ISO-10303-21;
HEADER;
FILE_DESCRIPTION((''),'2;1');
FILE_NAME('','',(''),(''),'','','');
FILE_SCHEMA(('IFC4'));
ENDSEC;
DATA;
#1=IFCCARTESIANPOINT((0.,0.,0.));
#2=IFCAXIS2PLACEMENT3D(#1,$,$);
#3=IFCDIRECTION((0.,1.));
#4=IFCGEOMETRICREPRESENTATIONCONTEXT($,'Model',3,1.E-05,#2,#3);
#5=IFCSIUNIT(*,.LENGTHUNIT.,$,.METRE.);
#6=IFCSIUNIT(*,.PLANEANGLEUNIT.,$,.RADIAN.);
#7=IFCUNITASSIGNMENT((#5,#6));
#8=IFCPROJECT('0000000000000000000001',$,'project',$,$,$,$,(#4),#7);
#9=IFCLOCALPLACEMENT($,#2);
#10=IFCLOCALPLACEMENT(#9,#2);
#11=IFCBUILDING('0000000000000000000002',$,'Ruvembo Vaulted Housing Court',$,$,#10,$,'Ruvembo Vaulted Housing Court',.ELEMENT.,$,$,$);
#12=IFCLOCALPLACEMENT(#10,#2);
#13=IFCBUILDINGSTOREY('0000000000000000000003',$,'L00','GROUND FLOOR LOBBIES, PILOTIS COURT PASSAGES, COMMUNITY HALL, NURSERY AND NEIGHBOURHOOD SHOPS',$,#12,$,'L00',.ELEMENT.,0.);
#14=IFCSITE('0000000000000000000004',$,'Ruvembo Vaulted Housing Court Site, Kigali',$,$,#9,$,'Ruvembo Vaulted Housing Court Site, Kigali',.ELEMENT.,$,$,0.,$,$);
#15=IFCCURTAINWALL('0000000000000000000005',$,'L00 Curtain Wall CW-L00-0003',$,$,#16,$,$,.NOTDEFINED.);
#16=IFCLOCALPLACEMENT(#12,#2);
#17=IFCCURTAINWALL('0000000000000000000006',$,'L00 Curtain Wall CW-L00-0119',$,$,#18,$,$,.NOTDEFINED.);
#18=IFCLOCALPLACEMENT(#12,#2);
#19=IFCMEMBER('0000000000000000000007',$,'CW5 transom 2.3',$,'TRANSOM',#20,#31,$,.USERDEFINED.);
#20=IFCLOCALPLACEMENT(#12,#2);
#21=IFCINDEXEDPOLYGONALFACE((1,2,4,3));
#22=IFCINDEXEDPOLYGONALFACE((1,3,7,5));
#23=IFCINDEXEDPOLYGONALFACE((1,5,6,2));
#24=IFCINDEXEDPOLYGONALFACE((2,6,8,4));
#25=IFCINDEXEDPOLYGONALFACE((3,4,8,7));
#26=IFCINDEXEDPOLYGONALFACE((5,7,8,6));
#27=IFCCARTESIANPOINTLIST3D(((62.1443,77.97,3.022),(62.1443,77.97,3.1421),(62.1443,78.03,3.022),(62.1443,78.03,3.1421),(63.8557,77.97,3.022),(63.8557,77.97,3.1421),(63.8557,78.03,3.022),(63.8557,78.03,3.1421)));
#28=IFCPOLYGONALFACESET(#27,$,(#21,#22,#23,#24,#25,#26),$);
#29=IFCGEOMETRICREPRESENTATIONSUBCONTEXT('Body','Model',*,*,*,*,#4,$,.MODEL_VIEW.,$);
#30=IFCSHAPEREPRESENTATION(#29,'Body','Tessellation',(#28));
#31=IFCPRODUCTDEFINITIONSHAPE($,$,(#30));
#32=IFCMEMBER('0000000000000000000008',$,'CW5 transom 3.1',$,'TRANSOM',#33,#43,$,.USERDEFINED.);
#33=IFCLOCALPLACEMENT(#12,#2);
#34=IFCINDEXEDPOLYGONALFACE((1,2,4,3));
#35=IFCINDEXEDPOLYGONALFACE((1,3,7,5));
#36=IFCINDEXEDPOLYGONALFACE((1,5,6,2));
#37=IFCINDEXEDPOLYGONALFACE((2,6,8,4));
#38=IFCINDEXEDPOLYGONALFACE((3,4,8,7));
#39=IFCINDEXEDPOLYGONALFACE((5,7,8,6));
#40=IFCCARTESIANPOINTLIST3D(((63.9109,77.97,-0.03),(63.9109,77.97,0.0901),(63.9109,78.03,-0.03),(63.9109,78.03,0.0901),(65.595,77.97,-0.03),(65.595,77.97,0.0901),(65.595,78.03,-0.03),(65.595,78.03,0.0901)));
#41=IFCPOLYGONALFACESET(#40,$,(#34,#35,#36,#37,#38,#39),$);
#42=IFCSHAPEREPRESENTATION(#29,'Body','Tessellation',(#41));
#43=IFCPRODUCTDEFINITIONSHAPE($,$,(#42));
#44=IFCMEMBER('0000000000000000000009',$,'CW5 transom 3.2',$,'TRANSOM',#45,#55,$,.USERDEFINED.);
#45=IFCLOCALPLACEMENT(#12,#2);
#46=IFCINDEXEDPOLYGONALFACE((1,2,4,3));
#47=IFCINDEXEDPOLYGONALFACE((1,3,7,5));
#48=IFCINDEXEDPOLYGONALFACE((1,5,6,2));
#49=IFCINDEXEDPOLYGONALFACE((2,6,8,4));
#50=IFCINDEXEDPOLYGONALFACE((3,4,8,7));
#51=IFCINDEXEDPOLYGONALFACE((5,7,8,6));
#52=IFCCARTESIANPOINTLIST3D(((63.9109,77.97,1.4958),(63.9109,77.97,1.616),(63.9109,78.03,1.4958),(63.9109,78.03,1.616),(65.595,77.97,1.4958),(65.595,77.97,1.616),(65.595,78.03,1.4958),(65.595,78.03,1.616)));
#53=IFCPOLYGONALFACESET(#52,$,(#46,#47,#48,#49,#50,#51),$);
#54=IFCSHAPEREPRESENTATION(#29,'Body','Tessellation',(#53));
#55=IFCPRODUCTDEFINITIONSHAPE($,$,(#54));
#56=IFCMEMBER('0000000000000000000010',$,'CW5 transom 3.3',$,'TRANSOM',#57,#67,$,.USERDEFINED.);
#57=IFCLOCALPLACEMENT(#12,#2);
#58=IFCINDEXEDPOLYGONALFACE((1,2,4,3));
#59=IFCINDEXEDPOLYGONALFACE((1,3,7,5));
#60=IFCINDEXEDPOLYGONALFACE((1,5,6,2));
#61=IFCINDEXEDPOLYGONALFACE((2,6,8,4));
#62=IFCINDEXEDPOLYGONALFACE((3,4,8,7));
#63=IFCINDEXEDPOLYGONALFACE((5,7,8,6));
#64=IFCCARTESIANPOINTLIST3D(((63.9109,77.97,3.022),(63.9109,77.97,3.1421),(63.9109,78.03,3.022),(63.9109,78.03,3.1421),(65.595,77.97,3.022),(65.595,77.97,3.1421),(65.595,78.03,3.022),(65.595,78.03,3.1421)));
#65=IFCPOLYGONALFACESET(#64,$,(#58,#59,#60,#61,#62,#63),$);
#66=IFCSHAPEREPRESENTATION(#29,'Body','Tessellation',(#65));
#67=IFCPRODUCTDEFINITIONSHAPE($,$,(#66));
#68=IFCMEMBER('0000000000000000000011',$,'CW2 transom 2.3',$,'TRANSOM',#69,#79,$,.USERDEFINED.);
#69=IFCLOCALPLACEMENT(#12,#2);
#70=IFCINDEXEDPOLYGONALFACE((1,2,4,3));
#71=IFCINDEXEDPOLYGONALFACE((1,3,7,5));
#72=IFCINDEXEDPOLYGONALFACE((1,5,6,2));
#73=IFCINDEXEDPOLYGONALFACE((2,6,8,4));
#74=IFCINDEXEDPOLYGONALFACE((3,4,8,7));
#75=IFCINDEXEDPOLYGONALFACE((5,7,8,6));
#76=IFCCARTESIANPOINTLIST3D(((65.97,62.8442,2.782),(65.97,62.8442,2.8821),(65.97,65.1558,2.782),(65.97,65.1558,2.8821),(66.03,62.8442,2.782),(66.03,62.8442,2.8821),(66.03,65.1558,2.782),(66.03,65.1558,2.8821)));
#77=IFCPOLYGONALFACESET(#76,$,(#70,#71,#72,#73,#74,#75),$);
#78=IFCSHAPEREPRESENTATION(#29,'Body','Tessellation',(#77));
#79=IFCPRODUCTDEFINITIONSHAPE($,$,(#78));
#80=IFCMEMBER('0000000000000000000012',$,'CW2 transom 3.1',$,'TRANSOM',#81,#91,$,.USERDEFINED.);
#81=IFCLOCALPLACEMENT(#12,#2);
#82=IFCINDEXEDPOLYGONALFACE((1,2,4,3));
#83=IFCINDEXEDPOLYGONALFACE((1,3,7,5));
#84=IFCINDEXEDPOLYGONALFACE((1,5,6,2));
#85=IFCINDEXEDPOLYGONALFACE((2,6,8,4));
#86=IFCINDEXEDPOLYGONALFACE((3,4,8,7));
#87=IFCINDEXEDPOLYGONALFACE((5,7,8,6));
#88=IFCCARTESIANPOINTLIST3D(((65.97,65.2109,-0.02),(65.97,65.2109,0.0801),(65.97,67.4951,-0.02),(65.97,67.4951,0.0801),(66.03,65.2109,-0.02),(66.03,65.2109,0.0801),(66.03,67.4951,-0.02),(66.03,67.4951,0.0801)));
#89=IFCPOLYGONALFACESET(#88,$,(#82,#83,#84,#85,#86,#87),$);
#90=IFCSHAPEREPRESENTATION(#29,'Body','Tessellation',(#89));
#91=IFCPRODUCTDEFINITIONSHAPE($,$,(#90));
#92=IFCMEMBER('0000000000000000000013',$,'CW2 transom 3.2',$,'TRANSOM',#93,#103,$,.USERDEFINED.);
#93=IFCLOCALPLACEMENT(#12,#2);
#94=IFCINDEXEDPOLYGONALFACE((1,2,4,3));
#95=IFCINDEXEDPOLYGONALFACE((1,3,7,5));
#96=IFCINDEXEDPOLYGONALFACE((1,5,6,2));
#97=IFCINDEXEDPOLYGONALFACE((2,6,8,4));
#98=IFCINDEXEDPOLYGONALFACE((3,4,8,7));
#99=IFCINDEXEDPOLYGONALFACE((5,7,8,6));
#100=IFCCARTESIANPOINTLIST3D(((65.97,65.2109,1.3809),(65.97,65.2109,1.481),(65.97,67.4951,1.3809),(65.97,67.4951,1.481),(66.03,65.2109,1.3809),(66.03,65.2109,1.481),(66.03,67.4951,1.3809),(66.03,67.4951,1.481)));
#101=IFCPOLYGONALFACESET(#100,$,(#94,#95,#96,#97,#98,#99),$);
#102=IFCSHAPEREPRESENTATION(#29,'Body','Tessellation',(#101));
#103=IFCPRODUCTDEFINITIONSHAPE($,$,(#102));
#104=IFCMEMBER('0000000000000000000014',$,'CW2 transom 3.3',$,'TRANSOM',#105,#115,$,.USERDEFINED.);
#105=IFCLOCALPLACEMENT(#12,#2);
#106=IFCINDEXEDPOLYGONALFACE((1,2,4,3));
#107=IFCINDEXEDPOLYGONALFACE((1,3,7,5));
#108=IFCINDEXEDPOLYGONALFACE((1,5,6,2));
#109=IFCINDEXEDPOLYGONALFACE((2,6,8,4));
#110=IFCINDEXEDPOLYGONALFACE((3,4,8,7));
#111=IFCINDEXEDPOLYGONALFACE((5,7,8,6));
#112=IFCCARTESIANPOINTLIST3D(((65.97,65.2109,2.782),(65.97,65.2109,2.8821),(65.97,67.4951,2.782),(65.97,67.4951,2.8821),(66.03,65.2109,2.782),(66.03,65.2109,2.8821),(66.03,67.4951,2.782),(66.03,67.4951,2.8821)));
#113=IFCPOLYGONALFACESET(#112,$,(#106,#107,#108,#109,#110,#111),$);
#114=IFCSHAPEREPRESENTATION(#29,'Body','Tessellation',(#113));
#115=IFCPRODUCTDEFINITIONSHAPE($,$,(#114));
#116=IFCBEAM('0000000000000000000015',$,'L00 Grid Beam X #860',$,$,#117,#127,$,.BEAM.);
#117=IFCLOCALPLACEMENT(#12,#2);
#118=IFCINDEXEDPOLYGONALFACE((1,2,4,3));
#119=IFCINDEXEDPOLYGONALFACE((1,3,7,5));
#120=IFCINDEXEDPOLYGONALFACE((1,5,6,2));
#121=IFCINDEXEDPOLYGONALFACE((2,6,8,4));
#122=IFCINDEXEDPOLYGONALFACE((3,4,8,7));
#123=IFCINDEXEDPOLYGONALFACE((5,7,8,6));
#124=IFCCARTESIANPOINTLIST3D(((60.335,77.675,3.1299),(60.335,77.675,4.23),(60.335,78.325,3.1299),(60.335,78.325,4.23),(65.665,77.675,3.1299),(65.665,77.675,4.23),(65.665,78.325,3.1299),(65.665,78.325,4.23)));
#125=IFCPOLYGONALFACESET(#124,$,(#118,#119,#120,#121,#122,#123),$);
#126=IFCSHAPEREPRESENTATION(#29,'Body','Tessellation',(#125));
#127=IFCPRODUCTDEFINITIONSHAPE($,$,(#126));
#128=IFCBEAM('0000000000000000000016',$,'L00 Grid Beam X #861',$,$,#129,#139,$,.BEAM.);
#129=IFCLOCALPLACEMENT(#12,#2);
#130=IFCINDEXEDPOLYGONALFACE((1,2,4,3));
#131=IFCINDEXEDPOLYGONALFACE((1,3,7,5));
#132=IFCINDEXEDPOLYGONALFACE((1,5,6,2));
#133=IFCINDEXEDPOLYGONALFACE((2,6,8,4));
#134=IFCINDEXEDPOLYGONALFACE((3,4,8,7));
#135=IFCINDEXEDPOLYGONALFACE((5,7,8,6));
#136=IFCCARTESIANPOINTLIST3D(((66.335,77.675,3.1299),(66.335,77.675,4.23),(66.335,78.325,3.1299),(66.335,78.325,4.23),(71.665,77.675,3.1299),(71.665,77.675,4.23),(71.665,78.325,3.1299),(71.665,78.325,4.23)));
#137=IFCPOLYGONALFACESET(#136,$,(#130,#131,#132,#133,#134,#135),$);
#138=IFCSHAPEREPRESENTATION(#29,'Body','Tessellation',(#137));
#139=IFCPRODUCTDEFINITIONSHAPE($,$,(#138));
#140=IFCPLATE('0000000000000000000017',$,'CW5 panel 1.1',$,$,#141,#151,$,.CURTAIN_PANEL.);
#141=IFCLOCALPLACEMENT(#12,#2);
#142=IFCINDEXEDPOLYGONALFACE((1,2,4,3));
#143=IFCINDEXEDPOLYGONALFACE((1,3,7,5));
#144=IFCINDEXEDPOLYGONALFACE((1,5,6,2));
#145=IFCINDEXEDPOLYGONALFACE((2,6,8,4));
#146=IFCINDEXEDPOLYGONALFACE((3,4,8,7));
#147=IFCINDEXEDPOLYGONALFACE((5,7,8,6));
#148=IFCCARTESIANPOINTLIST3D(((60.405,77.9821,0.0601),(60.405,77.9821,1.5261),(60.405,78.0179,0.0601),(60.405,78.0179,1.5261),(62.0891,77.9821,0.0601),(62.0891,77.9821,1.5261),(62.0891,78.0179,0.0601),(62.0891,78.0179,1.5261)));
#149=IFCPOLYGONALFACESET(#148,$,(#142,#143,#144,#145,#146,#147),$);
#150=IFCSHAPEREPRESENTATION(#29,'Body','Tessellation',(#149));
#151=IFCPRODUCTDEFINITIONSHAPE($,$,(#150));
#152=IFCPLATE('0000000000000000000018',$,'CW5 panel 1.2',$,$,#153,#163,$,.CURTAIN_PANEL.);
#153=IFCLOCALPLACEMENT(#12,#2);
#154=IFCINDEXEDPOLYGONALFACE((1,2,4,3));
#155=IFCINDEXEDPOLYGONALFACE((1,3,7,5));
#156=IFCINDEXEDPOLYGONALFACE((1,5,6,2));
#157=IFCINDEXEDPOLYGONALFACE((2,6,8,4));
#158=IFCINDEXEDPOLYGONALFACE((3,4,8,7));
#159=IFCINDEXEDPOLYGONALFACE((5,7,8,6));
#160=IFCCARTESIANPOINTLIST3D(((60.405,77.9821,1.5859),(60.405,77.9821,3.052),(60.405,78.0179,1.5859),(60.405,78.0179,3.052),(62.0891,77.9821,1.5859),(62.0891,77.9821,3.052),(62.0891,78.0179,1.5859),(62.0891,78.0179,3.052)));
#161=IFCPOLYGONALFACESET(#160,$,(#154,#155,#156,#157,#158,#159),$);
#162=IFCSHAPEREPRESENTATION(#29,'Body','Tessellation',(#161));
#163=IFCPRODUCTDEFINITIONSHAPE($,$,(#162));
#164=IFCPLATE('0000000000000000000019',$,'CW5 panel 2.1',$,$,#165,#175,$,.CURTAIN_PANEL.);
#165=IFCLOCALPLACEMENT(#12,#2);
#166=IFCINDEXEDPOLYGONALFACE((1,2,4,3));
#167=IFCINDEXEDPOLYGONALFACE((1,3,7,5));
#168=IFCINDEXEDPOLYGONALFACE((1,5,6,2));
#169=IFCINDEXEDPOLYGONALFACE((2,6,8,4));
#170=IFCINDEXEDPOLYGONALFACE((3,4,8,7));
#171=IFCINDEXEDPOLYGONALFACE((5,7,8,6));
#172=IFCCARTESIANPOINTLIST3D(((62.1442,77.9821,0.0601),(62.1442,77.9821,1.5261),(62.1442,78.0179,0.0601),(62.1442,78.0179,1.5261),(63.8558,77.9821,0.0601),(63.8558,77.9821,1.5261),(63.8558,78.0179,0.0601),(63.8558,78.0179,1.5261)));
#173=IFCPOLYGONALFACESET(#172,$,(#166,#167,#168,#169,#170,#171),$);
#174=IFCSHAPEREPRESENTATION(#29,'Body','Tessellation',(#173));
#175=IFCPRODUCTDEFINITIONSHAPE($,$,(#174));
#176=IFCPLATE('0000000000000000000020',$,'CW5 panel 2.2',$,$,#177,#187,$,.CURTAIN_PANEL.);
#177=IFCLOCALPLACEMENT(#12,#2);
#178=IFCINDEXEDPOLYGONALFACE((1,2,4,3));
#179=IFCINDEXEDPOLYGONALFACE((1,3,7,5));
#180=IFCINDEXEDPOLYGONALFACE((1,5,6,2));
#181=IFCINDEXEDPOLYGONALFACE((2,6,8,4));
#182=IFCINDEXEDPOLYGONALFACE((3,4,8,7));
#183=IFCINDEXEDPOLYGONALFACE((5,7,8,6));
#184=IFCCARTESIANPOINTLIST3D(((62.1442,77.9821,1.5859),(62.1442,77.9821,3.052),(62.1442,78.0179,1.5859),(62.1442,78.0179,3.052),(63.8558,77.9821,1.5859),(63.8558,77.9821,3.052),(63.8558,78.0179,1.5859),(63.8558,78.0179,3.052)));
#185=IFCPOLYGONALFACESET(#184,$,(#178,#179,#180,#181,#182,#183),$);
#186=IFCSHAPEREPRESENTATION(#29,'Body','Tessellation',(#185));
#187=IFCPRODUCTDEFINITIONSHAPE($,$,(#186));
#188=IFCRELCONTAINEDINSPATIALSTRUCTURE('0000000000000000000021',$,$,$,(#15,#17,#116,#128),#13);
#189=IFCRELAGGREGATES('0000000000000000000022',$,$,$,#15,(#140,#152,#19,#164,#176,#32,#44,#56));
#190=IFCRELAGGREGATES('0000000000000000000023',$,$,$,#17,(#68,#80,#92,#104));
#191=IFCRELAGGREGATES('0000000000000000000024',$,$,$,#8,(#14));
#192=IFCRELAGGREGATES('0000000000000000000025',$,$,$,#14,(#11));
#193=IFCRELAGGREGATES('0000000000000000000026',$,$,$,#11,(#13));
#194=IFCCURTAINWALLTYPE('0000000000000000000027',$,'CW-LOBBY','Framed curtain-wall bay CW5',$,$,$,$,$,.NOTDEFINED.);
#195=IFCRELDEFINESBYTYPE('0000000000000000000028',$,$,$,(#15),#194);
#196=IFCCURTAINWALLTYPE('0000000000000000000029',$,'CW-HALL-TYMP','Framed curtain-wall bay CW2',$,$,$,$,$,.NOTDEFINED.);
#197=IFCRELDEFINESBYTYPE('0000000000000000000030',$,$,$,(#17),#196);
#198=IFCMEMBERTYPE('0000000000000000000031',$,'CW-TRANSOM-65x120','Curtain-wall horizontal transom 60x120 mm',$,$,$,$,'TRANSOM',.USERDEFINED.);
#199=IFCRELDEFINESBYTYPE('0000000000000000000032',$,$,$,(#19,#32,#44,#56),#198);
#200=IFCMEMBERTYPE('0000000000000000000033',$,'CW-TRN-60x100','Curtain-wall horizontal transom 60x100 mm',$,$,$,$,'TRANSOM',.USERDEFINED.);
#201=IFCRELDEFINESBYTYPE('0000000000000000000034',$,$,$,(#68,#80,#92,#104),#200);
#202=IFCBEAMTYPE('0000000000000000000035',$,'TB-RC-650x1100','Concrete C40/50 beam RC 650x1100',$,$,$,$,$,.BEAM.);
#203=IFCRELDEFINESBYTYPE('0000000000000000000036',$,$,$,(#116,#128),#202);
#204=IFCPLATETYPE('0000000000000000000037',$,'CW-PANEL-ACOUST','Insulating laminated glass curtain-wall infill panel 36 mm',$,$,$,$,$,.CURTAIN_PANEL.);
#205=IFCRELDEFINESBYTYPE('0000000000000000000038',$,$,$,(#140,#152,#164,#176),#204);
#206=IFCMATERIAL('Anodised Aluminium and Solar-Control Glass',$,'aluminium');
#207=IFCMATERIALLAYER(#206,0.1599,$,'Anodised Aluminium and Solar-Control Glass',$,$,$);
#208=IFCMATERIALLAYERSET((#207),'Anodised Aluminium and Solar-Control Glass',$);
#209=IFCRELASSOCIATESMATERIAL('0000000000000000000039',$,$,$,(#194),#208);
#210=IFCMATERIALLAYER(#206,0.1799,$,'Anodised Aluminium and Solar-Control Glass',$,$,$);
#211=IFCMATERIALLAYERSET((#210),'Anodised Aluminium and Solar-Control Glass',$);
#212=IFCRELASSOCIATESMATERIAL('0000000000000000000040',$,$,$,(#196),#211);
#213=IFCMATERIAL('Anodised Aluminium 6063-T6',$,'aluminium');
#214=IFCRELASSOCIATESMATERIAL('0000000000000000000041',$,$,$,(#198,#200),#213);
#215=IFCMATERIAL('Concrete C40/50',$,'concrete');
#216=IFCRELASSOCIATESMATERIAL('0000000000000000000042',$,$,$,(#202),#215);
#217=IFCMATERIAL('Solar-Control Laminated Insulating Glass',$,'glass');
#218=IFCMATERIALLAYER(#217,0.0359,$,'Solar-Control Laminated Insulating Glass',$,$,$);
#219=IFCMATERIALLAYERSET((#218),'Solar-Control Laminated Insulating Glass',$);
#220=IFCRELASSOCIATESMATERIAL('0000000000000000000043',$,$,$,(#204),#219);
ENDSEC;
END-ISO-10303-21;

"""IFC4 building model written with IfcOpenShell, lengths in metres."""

from ifc_helpers import new_model, si_unit, direction, frame, origin, origin_2d, place, context, subcontext, project, spatial, rectangle, extrude, material, layer, layer_set, material_profile, profile_set, type_object, element, aggregate, save


model = new_model("IFC4")

# Units and contexts
model_context = context("Model", 3, precision=1e-05, world=origin(), true_north=direction((0.0, 1.0)))
body_context = subcontext(model_context, "Body", "Model", "MODEL_VIEW")
ifc_project = project(units=[si_unit("LENGTHUNIT", "METRE"), si_unit("PLANEANGLEUNIT", "RADIAN")], contexts=[model_context])

# Site, building, storey
site_placement = place(None, origin())
site = spatial("IfcSite", under=ifc_project, at=site_placement, Name="Ruvembo Vaulted Housing Court Site, Kigali", LongName="Ruvembo Vaulted Housing Court Site, Kigali", CompositionType="ELEMENT", RefElevation=0.0)
building_placement = place(site_placement, origin())
building = spatial("IfcBuilding", under=site, at=building_placement, Name="Ruvembo Vaulted Housing Court", LongName="Ruvembo Vaulted Housing Court", CompositionType="ELEMENT")
storey_placement = place(building_placement, origin())
storey = spatial("IfcBuildingStorey", under=building, at=storey_placement, Name="L00", Description="GROUND FLOOR LOBBIES, PILOTIS COURT PASSAGES, COMMUNITY HALL, NURSERY AND NEIGHBOURHOOD SHOPS", LongName="L00", CompositionType="ELEMENT", Elevation=0.0)

# Shared definitions
ifc_material_1 = material(Name="Concrete C40/50", Category="concrete")

# Curtain walls
ifc_material_2 = material(Name="Anodised Aluminium and Solar-Control Glass", Category="aluminium")
ifc_layer_1 = layer(ifc_material_2, 0.1599, Name="Anodised Aluminium and Solar-Control Glass")
ifc_layer_set_1 = layer_set([ifc_layer_1], Name="Anodised Aluminium and Solar-Control Glass")
curtain_wall_type_1 = type_object("IfcCurtainWallType", Name="CW-LOBBY", Description="Framed curtain-wall bay CW5", PredefinedType="NOTDEFINED", material=ifc_layer_set_1)
curtain_wall_1_placement = place(storey_placement, origin())
curtain_wall_1 = element("IfcCurtainWall", 1, at=curtain_wall_1_placement, inside=storey, type_object=curtain_wall_type_1, Name="L00 Curtain Wall CW-L00-0003", PredefinedType="NOTDEFINED")
ifc_material_3 = material(Name="Anodised Aluminium 6063-T6", Category="aluminium")
ifc_layer_2 = layer(ifc_material_2, 0.1799, Name="Anodised Aluminium and Solar-Control Glass")
ifc_layer_set_2 = layer_set([ifc_layer_2], Name="Anodised Aluminium and Solar-Control Glass")
curtain_wall_type_2 = type_object("IfcCurtainWallType", Name="CW-HALL-TYMP", Description="Framed curtain-wall bay CW2", PredefinedType="NOTDEFINED", material=ifc_layer_set_2)
curtain_wall_2_placement = place(storey_placement, origin())
curtain_wall_2 = element("IfcCurtainWall", 2, at=curtain_wall_2_placement, inside=storey, type_object=curtain_wall_type_2, Name="L00 Curtain Wall CW-L00-0119", PredefinedType="NOTDEFINED")

# Members
ifc_material_profile_1 = material_profile(ifc_material_3, rectangle(XDim=0.0601, YDim=0.1201, at=origin_2d()), Name="ALU 60x120")
ifc_profile_set_1 = profile_set([ifc_material_profile_1], Name="Anodised Aluminium 6063-T6")
member_type_1 = type_object("IfcMemberType", Name="CW-TRANSOM-65x120", Description="Curtain-wall horizontal transom 60x120 mm", ElementType="TRANSOM", PredefinedType="USERDEFINED", material=ifc_profile_set_1)
member_1_placement = place(storey_placement, frame((62.1443, 78.0, 3.082), z_axis=(1.0, 0.0, 0.0), x_axis=(0.0, 1.0, 0.0)))
member_1 = element("IfcMember", 3, at=member_1_placement, type_object=member_type_1, Name="CW5 transom 2.3", ObjectType="TRANSOM", PredefinedType="USERDEFINED", context=body_context, shape_type="SweptSolid", body=[
    extrude(rectangle(XDim=0.0601, YDim=0.1201, at=origin_2d()), origin(), (0.0, 0.0, 1.0), 1.7114),
])
member_2_placement = place(storey_placement, frame((63.9109, 78.0, 0.03), z_axis=(1.0, 0.0, 0.0), x_axis=(0.0, 1.0, 0.0)))
member_2 = element("IfcMember", 4, at=member_2_placement, type_object=member_type_1, Name="CW5 transom 3.1", ObjectType="TRANSOM", PredefinedType="USERDEFINED", context=body_context, shape_type="SweptSolid", body=[
    extrude(rectangle(XDim=0.0601, YDim=0.1201, at=origin_2d()), origin(), (0.0, 0.0, 1.0), 1.6841),
])
member_3_placement = place(storey_placement, frame((63.9109, 78.0, 1.5559), z_axis=(1.0, 0.0, 0.0), x_axis=(0.0, 1.0, 0.0)))
member_3 = element("IfcMember", 5, at=member_3_placement, type_object=member_type_1, Name="CW5 transom 3.2", ObjectType="TRANSOM", PredefinedType="USERDEFINED", context=body_context, shape_type="SweptSolid", body=[
    extrude(rectangle(XDim=0.0601, YDim=0.1201, at=origin_2d()), origin(), (0.0, 0.0, 1.0), 1.6841),
])
member_4_placement = place(storey_placement, frame((63.9109, 78.0, 3.082), z_axis=(1.0, 0.0, 0.0), x_axis=(0.0, 1.0, 0.0)))
member_4 = element("IfcMember", 6, at=member_4_placement, type_object=member_type_1, Name="CW5 transom 3.3", ObjectType="TRANSOM", PredefinedType="USERDEFINED", context=body_context, shape_type="SweptSolid", body=[
    extrude(rectangle(XDim=0.0601, YDim=0.1201, at=origin_2d()), origin(), (0.0, 0.0, 1.0), 1.6841),
])
ifc_material_profile_2 = material_profile(ifc_material_3, rectangle(XDim=0.0601, YDim=0.1001, at=origin_2d()), Name="ALU 60x100")
ifc_profile_set_2 = profile_set([ifc_material_profile_2], Name="Anodised Aluminium 6063-T6")
member_type_2 = type_object("IfcMemberType", Name="CW-TRN-60x100", Description="Curtain-wall horizontal transom 60x100 mm", ElementType="TRANSOM", PredefinedType="USERDEFINED", material=ifc_profile_set_2)
member_5_placement = place(storey_placement, frame((66.0, 62.8442, 2.832), z_axis=(0.0, 1.0, 0.0), x_axis=(-1.0, 0.0, 0.0)))
member_5 = element("IfcMember", 7, at=member_5_placement, type_object=member_type_2, Name="CW2 transom 2.3", ObjectType="TRANSOM", PredefinedType="USERDEFINED", context=body_context, shape_type="SweptSolid", body=[
    extrude(rectangle(XDim=0.0601, YDim=0.1001, at=origin_2d()), origin(), (0.0, 0.0, 1.0), 2.3115),
])
member_6_placement = place(storey_placement, frame((66.0, 65.2109, 0.03), z_axis=(0.0, 1.0, 0.0), x_axis=(-1.0, 0.0, 0.0)))
member_6 = element("IfcMember", 8, at=member_6_placement, type_object=member_type_2, Name="CW2 transom 3.1", ObjectType="TRANSOM", PredefinedType="USERDEFINED", context=body_context, shape_type="SweptSolid", body=[
    extrude(rectangle(XDim=0.0601, YDim=0.1001, at=origin_2d()), origin(), (0.0, 0.0, 1.0), 2.2842),
])
member_7_placement = place(storey_placement, frame((66.0, 65.2109, 1.4309), z_axis=(0.0, 1.0, 0.0), x_axis=(-1.0, 0.0, 0.0)))
member_7 = element("IfcMember", 9, at=member_7_placement, type_object=member_type_2, Name="CW2 transom 3.2", ObjectType="TRANSOM", PredefinedType="USERDEFINED", context=body_context, shape_type="SweptSolid", body=[
    extrude(rectangle(XDim=0.0601, YDim=0.1001, at=origin_2d()), origin(), (0.0, 0.0, 1.0), 2.2842),
])
member_8_placement = place(storey_placement, frame((66.0, 65.2109, 2.832), z_axis=(0.0, 1.0, 0.0), x_axis=(-1.0, 0.0, 0.0)))
member_8 = element("IfcMember", 10, at=member_8_placement, type_object=member_type_2, Name="CW2 transom 3.3", ObjectType="TRANSOM", PredefinedType="USERDEFINED", context=body_context, shape_type="SweptSolid", body=[
    extrude(rectangle(XDim=0.0601, YDim=0.1001, at=origin_2d()), origin(), (0.0, 0.0, 1.0), 2.2842),
])

# Beams
ifc_material_profile_3 = material_profile(ifc_material_1, rectangle(XDim=0.6499, YDim=1.1001, at=origin_2d()), Name="RC 650x1100")
ifc_profile_set_3 = profile_set([ifc_material_profile_3], Name="Concrete C40/50")
beam_type_1 = type_object("IfcBeamType", Name="TB-RC-650x1100", Description="Concrete C40/50 beam RC 650x1100", PredefinedType="BEAM", material=ifc_profile_set_3)
for number, where, z_axis, x_axis, name in (
    (11, (60.335, 78.0, 3.6799), (1.0, 0.0, 0.0), (0.0, 1.0, 0.0), "L00 Grid Beam X #860"),
    (12, (66.335, 78.0, 3.6799), (1.0, 0.0, 0.0), (0.0, 1.0, 0.0), "L00 Grid Beam X #861"),
):
    element("IfcBeam", number, at=place(storey_placement, frame(where, z_axis=z_axis, x_axis=x_axis)), inside=storey, type_object=beam_type_1, Name=name, PredefinedType="BEAM", context=body_context, shape_type="SweptSolid", body=[
        extrude(rectangle(XDim=0.6499, YDim=1.1001, at=origin_2d()), origin(), (0.0, 0.0, 1.0), 5.3301),
    ])

# Plates
ifc_material_4 = material(Name="Solar-Control Laminated Insulating Glass", Category="glass")
ifc_layer_3 = layer(ifc_material_4, 0.0359, Name="Solar-Control Laminated Insulating Glass")
ifc_layer_set_3 = layer_set([ifc_layer_3], Name="Solar-Control Laminated Insulating Glass")
plate_type_1 = type_object("IfcPlateType", Name="CW-PANEL-ACOUST", Description="Insulating laminated glass curtain-wall infill panel 36 mm", PredefinedType="CURTAIN_PANEL", material=ifc_layer_set_3)
plate_1_placement = place(storey_placement, frame((61.2471, 78.0, 0.0601), z_axis=(0.0, 0.0, 1.0), x_axis=(1.0, 0.0, 0.0)))
plate_1 = element("IfcPlate", 13, at=plate_1_placement, type_object=plate_type_1, Name="CW5 panel 1.1", PredefinedType="CURTAIN_PANEL", context=body_context, shape_type="SweptSolid", body=[
    extrude(rectangle(XDim=1.6841, YDim=0.0359, at=origin_2d()), origin(), (0.0, 0.0, 1.0), 1.4661),
])
plate_2_placement = place(storey_placement, frame((61.2471, 78.0, 1.5859), z_axis=(0.0, 0.0, 1.0), x_axis=(1.0, 0.0, 0.0)))
plate_2 = element("IfcPlate", 14, at=plate_2_placement, type_object=plate_type_1, Name="CW5 panel 1.2", PredefinedType="CURTAIN_PANEL", context=body_context, shape_type="SweptSolid", body=[
    extrude(rectangle(XDim=1.6841, YDim=0.0359, at=origin_2d()), origin(), (0.0, 0.0, 1.0), 1.4661),
])
plate_3_placement = place(storey_placement, frame((63.0, 78.0, 0.0601), z_axis=(0.0, 0.0, 1.0), x_axis=(1.0, 0.0, 0.0)))
plate_3 = element("IfcPlate", 15, at=plate_3_placement, type_object=plate_type_1, Name="CW5 panel 2.1", PredefinedType="CURTAIN_PANEL", context=body_context, shape_type="SweptSolid", body=[
    extrude(rectangle(XDim=1.7117, YDim=0.0359, at=origin_2d()), origin(), (0.0, 0.0, 1.0), 1.4661),
])
plate_4_placement = place(storey_placement, frame((63.0, 78.0, 1.5859), z_axis=(0.0, 0.0, 1.0), x_axis=(1.0, 0.0, 0.0)))
plate_4 = element("IfcPlate", 16, at=plate_4_placement, type_object=plate_type_1, Name="CW5 panel 2.2", PredefinedType="CURTAIN_PANEL", context=body_context, shape_type="SweptSolid", body=[
    extrude(rectangle(XDim=1.7117, YDim=0.0359, at=origin_2d()), origin(), (0.0, 0.0, 1.0), 1.4661),
])
aggregate(curtain_wall_1, [plate_1, plate_2, member_1, plate_3, plate_4, member_2, member_3, member_4])
aggregate(curtain_wall_2, [member_5, member_6, member_7, member_8])

save(model, "model.ifc")
